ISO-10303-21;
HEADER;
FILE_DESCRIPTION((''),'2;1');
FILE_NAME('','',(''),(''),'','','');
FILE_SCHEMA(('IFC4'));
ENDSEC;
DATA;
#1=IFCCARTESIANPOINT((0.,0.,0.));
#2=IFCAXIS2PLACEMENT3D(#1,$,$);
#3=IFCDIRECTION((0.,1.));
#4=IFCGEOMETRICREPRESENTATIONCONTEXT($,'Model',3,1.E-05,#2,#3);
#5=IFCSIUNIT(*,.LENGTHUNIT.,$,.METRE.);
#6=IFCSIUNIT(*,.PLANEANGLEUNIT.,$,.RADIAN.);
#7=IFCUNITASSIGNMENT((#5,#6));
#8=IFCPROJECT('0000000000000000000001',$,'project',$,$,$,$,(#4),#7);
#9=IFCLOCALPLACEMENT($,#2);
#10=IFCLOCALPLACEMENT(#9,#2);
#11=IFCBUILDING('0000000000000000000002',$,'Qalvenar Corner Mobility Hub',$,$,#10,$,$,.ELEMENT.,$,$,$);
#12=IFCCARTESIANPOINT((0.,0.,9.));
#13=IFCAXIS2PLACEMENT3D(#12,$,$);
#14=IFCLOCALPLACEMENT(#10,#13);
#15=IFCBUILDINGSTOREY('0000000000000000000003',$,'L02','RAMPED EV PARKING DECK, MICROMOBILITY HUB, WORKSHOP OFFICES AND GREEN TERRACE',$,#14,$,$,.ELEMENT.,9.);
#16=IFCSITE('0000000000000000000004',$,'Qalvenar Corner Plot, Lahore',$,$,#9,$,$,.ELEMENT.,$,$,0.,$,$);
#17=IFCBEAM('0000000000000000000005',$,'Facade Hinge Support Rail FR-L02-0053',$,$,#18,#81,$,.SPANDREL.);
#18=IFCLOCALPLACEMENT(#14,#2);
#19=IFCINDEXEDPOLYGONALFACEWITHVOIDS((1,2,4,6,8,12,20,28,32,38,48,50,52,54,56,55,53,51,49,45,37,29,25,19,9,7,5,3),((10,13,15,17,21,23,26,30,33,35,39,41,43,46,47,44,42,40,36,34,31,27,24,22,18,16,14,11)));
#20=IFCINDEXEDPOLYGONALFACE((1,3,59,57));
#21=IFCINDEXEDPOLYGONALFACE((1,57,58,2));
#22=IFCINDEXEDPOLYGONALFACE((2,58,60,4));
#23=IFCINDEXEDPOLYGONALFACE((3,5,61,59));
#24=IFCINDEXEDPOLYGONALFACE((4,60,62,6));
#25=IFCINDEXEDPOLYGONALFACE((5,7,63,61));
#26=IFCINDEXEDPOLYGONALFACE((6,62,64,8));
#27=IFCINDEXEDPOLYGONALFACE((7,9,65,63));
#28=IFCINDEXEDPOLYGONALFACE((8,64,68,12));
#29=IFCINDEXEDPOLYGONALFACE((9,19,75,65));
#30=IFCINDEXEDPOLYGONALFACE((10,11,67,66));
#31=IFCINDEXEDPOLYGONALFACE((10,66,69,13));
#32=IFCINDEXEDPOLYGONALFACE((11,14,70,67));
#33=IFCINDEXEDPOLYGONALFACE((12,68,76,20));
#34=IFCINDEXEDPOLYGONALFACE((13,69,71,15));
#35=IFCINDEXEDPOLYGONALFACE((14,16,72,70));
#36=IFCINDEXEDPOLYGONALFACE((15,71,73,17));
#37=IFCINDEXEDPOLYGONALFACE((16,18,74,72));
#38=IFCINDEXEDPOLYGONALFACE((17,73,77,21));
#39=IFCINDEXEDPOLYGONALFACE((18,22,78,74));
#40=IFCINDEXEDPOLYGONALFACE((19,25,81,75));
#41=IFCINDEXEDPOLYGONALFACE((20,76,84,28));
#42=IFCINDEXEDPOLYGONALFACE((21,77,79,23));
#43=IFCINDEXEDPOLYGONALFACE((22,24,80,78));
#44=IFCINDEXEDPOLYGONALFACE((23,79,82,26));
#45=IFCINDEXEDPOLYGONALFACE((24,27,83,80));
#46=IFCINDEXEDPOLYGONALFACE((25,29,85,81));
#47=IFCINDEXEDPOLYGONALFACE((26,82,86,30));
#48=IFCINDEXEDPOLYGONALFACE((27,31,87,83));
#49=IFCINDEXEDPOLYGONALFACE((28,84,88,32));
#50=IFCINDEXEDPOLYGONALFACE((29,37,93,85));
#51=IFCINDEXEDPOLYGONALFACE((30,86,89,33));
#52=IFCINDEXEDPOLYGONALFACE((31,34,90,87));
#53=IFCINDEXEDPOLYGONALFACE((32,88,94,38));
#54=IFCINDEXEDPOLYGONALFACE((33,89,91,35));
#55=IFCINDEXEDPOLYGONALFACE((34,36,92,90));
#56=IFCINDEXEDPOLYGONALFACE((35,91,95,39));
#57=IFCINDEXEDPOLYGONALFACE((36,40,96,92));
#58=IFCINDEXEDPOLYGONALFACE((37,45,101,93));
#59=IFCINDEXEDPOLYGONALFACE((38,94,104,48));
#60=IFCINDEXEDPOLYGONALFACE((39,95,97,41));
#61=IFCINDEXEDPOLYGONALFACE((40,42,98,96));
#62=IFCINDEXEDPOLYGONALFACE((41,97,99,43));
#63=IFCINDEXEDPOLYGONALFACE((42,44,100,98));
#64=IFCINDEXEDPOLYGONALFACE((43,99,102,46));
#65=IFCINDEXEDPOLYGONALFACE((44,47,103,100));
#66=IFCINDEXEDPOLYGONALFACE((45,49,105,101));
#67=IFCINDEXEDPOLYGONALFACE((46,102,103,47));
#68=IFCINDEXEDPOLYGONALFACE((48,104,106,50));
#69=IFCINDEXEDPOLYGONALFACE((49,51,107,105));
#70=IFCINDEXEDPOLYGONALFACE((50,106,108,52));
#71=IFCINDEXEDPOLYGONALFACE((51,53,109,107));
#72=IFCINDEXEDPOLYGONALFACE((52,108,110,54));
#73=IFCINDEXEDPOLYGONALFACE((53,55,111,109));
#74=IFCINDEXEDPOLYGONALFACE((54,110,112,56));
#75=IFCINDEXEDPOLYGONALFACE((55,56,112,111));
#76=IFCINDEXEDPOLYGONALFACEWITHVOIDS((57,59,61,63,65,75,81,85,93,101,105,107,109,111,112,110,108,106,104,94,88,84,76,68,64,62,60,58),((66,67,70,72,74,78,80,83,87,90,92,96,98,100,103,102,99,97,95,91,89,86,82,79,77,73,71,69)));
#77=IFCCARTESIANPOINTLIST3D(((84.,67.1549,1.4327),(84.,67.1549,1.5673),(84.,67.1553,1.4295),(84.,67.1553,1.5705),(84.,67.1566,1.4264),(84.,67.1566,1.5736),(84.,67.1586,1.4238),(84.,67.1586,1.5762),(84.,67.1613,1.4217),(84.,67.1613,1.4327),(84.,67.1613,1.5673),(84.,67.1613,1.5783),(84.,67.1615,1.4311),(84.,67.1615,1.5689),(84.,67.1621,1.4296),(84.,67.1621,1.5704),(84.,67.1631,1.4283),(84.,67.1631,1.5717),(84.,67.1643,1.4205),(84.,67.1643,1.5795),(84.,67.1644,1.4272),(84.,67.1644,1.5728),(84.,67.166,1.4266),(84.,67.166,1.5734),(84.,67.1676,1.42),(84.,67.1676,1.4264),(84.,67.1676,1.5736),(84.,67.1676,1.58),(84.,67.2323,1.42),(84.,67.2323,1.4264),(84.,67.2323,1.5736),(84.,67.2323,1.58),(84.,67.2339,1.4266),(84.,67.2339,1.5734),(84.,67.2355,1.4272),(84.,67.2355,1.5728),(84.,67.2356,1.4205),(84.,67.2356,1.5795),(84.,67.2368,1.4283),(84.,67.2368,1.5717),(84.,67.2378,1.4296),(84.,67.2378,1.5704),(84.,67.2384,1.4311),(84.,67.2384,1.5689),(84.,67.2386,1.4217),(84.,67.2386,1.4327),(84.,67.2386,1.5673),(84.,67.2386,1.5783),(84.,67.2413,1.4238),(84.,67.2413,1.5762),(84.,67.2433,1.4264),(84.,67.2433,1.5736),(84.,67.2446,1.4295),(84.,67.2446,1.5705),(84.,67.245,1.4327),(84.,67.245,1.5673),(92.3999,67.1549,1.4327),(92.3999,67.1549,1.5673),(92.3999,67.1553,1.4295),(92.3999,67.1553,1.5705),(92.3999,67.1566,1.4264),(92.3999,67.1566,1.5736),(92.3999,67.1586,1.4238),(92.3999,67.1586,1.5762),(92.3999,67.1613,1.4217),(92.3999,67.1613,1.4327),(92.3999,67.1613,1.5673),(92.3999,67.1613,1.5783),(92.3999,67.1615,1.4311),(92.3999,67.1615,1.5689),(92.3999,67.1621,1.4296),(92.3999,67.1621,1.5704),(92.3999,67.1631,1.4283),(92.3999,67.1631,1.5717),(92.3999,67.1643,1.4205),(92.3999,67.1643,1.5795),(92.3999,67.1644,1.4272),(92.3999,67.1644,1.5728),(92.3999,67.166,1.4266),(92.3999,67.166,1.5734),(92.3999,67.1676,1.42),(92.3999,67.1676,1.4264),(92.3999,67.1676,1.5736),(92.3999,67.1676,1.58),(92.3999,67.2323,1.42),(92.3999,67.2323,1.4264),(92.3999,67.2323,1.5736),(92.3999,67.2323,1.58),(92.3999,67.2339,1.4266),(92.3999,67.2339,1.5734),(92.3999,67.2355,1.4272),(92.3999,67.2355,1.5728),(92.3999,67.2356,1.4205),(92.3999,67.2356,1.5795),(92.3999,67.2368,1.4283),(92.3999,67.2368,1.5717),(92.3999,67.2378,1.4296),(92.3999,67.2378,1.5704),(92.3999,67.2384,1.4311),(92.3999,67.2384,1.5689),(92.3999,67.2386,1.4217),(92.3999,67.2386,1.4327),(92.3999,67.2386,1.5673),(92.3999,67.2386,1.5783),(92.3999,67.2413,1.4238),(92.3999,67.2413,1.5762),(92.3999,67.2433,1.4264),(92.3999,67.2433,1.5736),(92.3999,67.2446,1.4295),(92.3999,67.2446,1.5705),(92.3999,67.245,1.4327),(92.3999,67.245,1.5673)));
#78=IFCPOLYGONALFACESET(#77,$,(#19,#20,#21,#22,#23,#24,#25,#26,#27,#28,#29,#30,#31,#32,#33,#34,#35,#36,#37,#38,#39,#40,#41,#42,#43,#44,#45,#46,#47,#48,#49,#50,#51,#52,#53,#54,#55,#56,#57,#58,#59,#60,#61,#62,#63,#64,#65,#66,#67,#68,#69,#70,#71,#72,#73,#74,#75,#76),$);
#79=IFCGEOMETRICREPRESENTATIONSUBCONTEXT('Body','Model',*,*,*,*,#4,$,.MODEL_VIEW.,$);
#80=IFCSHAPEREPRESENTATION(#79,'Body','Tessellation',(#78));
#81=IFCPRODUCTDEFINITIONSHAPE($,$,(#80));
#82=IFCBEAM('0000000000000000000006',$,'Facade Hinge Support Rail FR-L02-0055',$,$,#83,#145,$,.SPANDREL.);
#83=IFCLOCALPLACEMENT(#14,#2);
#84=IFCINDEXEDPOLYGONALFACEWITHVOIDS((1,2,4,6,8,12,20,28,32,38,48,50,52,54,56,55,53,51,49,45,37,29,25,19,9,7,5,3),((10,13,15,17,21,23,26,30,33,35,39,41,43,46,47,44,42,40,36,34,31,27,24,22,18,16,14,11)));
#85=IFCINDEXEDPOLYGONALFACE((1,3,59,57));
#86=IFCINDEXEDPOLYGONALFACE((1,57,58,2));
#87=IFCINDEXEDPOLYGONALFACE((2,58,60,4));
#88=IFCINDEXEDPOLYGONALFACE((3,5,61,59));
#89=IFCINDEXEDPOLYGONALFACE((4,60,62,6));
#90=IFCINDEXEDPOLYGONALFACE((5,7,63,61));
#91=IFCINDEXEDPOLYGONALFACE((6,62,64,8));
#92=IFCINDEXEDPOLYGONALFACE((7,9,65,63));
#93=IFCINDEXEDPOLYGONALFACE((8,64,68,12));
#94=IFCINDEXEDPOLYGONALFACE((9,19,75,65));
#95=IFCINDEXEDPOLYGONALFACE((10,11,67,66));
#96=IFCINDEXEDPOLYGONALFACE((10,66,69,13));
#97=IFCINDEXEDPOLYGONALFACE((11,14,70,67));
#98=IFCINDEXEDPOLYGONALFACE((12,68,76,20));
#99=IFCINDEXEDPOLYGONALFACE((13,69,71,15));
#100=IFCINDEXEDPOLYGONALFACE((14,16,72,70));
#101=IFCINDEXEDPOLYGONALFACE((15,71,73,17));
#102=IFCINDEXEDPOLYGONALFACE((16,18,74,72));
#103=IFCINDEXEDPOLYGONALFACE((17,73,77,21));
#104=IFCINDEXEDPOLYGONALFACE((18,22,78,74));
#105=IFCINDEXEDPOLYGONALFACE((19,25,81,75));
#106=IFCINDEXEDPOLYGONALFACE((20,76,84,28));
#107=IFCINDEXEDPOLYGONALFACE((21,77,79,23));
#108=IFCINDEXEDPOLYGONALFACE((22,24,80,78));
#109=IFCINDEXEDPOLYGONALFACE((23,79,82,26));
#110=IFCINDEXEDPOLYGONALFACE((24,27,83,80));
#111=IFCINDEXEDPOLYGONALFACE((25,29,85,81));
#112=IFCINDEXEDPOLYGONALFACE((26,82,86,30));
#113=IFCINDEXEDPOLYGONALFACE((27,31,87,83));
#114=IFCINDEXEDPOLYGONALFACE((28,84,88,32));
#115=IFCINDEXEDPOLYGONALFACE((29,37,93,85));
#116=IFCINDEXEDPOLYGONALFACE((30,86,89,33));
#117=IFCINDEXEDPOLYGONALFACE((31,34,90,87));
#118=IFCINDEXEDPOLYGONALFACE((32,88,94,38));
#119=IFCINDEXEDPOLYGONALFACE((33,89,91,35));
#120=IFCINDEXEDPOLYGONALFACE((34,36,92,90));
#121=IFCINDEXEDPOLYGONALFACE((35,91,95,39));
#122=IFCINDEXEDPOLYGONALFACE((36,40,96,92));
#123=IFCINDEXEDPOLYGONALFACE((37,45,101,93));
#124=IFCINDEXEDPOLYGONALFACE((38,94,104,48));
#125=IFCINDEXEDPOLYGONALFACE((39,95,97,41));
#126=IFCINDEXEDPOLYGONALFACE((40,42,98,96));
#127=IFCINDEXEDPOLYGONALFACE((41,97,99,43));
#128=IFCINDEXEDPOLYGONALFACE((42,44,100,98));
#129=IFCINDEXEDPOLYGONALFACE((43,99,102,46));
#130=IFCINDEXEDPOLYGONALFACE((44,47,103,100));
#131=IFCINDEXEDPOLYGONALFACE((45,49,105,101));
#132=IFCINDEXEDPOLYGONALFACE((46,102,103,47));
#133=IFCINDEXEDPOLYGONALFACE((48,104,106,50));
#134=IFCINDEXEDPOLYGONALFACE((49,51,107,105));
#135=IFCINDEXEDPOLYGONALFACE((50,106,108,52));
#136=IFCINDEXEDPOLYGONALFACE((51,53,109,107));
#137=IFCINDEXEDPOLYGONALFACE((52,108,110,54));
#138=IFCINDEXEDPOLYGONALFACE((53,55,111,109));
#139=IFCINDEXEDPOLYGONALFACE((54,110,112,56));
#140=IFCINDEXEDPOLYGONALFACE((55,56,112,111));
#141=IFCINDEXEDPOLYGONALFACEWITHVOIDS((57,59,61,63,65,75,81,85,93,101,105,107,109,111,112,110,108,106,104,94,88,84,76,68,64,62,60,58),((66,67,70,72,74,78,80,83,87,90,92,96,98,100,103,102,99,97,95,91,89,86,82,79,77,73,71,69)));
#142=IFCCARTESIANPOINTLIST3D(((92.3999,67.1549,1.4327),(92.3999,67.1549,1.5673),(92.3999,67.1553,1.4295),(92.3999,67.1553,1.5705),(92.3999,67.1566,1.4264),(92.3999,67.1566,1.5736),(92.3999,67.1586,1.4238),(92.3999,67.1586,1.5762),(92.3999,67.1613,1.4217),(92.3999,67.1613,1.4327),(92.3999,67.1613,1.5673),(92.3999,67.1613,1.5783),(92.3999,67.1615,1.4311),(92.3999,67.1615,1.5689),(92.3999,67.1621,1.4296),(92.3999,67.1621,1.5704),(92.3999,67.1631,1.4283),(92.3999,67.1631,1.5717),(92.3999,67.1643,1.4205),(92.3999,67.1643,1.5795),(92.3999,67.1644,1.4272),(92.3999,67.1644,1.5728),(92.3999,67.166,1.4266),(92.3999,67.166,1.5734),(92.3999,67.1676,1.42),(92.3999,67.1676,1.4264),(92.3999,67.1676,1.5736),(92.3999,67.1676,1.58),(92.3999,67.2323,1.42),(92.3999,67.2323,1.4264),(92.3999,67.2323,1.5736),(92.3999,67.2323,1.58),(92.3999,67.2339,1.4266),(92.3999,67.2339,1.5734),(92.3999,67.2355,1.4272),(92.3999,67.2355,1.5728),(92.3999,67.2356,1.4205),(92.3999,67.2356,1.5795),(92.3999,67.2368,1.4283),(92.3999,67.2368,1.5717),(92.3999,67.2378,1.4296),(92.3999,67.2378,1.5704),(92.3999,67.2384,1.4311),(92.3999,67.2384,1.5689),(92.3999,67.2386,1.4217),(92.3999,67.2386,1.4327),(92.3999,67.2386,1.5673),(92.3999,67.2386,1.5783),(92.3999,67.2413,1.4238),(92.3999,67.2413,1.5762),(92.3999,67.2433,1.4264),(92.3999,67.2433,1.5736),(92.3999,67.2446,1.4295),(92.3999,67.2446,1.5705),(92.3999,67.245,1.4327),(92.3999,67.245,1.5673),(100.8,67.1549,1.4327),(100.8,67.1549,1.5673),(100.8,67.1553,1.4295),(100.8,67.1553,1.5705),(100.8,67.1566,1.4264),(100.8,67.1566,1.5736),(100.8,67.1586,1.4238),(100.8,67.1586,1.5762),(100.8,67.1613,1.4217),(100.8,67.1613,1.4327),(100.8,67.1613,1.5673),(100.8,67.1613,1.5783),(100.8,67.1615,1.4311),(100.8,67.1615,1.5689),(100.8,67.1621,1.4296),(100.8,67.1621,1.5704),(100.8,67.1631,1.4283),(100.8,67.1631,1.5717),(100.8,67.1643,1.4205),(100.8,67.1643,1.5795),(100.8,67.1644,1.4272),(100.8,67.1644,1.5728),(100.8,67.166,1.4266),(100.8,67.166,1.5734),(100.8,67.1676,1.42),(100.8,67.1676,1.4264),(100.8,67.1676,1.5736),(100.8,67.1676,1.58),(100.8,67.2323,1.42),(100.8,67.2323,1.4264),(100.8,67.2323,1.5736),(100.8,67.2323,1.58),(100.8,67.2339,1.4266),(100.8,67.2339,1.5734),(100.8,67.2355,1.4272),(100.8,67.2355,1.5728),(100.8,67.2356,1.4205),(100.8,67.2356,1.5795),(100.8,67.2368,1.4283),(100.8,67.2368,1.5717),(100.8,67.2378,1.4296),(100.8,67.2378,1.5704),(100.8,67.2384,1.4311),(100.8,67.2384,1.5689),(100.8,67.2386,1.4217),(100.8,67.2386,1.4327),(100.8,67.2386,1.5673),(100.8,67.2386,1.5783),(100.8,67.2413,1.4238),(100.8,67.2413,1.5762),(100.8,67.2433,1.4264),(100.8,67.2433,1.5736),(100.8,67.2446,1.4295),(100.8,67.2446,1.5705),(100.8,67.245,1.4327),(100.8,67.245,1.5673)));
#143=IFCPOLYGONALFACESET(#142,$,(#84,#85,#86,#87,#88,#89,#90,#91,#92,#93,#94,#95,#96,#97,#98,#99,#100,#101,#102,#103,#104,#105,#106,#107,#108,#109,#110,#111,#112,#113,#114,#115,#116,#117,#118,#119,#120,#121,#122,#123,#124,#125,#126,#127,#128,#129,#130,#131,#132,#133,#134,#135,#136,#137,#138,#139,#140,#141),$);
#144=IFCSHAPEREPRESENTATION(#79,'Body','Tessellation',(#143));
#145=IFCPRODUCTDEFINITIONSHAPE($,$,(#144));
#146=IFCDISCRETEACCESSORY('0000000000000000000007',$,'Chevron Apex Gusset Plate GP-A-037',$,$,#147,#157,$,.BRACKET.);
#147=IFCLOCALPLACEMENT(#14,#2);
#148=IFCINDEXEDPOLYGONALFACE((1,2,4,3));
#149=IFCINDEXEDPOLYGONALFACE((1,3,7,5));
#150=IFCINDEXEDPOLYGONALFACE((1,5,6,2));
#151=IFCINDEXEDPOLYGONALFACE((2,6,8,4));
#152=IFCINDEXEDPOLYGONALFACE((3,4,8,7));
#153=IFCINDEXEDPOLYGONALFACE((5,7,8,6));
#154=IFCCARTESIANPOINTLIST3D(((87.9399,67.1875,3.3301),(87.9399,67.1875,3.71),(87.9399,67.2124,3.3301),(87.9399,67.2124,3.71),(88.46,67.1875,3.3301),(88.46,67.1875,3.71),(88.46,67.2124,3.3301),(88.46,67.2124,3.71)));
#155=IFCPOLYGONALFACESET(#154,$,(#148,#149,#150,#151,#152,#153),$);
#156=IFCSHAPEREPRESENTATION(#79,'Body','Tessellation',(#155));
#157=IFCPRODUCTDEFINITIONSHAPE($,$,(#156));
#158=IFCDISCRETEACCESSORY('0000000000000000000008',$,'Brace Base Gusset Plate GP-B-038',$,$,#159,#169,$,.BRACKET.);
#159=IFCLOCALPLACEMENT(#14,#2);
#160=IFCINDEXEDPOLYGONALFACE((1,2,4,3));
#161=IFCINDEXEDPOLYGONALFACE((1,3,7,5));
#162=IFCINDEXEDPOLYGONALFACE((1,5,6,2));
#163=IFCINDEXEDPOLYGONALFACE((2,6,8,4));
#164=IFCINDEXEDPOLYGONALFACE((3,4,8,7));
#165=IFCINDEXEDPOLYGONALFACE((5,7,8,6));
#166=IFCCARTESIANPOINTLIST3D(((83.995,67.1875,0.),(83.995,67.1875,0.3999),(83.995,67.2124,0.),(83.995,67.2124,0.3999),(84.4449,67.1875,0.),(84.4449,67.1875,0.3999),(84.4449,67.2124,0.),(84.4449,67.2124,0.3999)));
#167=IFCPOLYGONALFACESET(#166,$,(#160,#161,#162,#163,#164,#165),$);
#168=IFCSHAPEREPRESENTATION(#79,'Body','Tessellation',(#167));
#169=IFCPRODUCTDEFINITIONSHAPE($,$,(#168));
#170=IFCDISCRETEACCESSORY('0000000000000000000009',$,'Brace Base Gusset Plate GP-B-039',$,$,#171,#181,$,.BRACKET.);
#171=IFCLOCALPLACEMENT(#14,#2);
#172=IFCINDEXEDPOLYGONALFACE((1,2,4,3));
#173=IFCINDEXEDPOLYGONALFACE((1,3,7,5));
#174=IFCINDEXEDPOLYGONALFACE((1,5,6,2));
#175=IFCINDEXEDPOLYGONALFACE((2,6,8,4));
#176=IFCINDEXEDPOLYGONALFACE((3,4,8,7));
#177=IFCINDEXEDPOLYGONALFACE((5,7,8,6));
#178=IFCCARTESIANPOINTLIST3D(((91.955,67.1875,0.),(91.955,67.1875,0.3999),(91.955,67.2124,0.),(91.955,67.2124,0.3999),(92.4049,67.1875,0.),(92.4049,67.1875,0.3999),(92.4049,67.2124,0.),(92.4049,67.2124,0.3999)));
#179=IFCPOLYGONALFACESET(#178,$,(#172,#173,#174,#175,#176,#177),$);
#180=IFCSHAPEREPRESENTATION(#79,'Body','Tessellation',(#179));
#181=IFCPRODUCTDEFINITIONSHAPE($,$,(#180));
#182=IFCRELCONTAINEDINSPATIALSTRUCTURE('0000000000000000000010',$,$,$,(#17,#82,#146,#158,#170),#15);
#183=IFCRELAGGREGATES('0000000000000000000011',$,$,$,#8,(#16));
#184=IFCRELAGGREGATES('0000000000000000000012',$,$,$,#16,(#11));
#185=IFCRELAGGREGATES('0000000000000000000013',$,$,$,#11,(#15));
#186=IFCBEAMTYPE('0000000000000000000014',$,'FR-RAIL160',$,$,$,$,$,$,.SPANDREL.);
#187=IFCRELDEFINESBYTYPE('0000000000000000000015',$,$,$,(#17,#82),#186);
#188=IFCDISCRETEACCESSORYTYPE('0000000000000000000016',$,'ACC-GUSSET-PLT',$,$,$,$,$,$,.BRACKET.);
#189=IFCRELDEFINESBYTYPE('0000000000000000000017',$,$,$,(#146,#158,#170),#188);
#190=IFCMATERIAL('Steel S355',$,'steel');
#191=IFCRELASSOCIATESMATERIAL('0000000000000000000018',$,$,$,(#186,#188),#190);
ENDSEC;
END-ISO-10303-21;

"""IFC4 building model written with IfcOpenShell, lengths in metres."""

from ifc_helpers import new_model, si_unit, direction, frame, origin, origin_2d, place, context, subcontext, project, spatial, rectangle, hollow_rectangle, extrude, material, material_profile, profile_set, type_object, element, save


model = new_model("IFC4")

# Units and contexts
model_context = context("Model", 3, precision=1e-05, world=origin(), true_north=direction((0.0, 1.0)))
body_context = subcontext(model_context, "Body", "Model", "MODEL_VIEW")
ifc_project = project(units=[si_unit("LENGTHUNIT", "METRE"), si_unit("PLANEANGLEUNIT", "RADIAN")], contexts=[model_context])

# Site, building, storey
site_placement = place(None, origin())
site = spatial("IfcSite", under=ifc_project, at=site_placement, Name="Qalvenar Corner Plot, Lahore", CompositionType="ELEMENT", RefElevation=0.0)
building_placement = place(site_placement, origin())
building = spatial("IfcBuilding", under=site, at=building_placement, Name="Qalvenar Corner Mobility Hub", CompositionType="ELEMENT")
storey_placement = place(building_placement, frame((0.0, 0.0, 9.0)))
storey = spatial("IfcBuildingStorey", under=building, at=storey_placement, Name="L02", Description="RAMPED EV PARKING DECK, MICROMOBILITY HUB, WORKSHOP OFFICES AND GREEN TERRACE", CompositionType="ELEMENT", Elevation=9.0)

# Shared definitions
ifc_material_1 = material(Name="Steel S355", Category="steel")

# Beams
ifc_material_profile_1 = material_profile(ifc_material_1, hollow_rectangle(XDim=0.0901, YDim=0.1599, WallThickness=0.0063, InnerFilletRadius=0.0063, OuterFilletRadius=0.0127, at=origin_2d()), Name="RHS160x90x6.3")
ifc_profile_set_1 = profile_set([ifc_material_profile_1], Name="Steel S355")
beam_type_1 = type_object("IfcBeamType", Name="FR-RAIL160", PredefinedType="SPANDREL", material=ifc_profile_set_1)
beam_1_placement = place(storey_placement, frame((84.0, 67.2, 1.5), z_axis=(1.0, 0.0, 0.0), x_axis=(0.0, 1.0, 0.0)))
element("IfcBeam", 1, at=beam_1_placement, inside=storey, type_object=beam_type_1, Name="Facade Hinge Support Rail FR-L02-0053", PredefinedType="SPANDREL", context=body_context, shape_type="SweptSolid", body=[
    extrude(hollow_rectangle(XDim=0.0901, YDim=0.1599, WallThickness=0.0063, InnerFilletRadius=0.0063, OuterFilletRadius=0.0127, at=origin_2d()), origin(), (0.0, 0.0, 1.0), 8.3999),
])
beam_2_placement = place(storey_placement, frame((92.3999, 67.2, 1.5), z_axis=(1.0, 0.0, 0.0), x_axis=(0.0, 1.0, 0.0)))
element("IfcBeam", 2, at=beam_2_placement, inside=storey, type_object=beam_type_1, Name="Facade Hinge Support Rail FR-L02-0055", PredefinedType="SPANDREL", context=body_context, shape_type="SweptSolid", body=[
    extrude(hollow_rectangle(XDim=0.0901, YDim=0.1599, WallThickness=0.0063, InnerFilletRadius=0.0063, OuterFilletRadius=0.0127, at=origin_2d()), origin(), (0.0, 0.0, 1.0), 8.4001),
])

# Discrete accessories
discrete_accessory_type = type_object("IfcDiscreteAccessoryType", Name="ACC-GUSSET-PLT", PredefinedType="BRACKET", material=ifc_material_1)
discrete_accessory_placement = place(storey_placement, frame((88.2, 67.2, 3.3301), z_axis=(0.0, 0.0, 1.0), x_axis=(1.0, 0.0, 0.0)))
element("IfcDiscreteAccessory", 3, at=discrete_accessory_placement, inside=storey, type_object=discrete_accessory_type, Name="Chevron Apex Gusset Plate GP-A-037", PredefinedType="BRACKET", context=body_context, shape_type="SweptSolid", body=[
    extrude(rectangle(XDim=0.52, YDim=0.0249, at=origin_2d()), origin(), (0.0, 0.0, 1.0), 0.3799),
])
for number, where, z_axis, x_axis, name in (
    (4, (84.22, 67.2, 0.0), (0.0, 0.0, 1.0), (1.0, 0.0, 0.0), "Brace Base Gusset Plate GP-B-038"),
    (5, (92.1799, 67.2, 0.0), (0.0, 0.0, 1.0), (1.0, 0.0, 0.0), "Brace Base Gusset Plate GP-B-039"),
):
    element("IfcDiscreteAccessory", number, at=place(storey_placement, frame(where, z_axis=z_axis, x_axis=x_axis)), inside=storey, type_object=discrete_accessory_type, Name=name, PredefinedType="BRACKET", context=body_context, shape_type="SweptSolid", body=[
        extrude(rectangle(XDim=0.45, YDim=0.0249, at=origin_2d()), origin(), (0.0, 0.0, 1.0), 0.3999),
    ])

save(model, "model.ifc")
